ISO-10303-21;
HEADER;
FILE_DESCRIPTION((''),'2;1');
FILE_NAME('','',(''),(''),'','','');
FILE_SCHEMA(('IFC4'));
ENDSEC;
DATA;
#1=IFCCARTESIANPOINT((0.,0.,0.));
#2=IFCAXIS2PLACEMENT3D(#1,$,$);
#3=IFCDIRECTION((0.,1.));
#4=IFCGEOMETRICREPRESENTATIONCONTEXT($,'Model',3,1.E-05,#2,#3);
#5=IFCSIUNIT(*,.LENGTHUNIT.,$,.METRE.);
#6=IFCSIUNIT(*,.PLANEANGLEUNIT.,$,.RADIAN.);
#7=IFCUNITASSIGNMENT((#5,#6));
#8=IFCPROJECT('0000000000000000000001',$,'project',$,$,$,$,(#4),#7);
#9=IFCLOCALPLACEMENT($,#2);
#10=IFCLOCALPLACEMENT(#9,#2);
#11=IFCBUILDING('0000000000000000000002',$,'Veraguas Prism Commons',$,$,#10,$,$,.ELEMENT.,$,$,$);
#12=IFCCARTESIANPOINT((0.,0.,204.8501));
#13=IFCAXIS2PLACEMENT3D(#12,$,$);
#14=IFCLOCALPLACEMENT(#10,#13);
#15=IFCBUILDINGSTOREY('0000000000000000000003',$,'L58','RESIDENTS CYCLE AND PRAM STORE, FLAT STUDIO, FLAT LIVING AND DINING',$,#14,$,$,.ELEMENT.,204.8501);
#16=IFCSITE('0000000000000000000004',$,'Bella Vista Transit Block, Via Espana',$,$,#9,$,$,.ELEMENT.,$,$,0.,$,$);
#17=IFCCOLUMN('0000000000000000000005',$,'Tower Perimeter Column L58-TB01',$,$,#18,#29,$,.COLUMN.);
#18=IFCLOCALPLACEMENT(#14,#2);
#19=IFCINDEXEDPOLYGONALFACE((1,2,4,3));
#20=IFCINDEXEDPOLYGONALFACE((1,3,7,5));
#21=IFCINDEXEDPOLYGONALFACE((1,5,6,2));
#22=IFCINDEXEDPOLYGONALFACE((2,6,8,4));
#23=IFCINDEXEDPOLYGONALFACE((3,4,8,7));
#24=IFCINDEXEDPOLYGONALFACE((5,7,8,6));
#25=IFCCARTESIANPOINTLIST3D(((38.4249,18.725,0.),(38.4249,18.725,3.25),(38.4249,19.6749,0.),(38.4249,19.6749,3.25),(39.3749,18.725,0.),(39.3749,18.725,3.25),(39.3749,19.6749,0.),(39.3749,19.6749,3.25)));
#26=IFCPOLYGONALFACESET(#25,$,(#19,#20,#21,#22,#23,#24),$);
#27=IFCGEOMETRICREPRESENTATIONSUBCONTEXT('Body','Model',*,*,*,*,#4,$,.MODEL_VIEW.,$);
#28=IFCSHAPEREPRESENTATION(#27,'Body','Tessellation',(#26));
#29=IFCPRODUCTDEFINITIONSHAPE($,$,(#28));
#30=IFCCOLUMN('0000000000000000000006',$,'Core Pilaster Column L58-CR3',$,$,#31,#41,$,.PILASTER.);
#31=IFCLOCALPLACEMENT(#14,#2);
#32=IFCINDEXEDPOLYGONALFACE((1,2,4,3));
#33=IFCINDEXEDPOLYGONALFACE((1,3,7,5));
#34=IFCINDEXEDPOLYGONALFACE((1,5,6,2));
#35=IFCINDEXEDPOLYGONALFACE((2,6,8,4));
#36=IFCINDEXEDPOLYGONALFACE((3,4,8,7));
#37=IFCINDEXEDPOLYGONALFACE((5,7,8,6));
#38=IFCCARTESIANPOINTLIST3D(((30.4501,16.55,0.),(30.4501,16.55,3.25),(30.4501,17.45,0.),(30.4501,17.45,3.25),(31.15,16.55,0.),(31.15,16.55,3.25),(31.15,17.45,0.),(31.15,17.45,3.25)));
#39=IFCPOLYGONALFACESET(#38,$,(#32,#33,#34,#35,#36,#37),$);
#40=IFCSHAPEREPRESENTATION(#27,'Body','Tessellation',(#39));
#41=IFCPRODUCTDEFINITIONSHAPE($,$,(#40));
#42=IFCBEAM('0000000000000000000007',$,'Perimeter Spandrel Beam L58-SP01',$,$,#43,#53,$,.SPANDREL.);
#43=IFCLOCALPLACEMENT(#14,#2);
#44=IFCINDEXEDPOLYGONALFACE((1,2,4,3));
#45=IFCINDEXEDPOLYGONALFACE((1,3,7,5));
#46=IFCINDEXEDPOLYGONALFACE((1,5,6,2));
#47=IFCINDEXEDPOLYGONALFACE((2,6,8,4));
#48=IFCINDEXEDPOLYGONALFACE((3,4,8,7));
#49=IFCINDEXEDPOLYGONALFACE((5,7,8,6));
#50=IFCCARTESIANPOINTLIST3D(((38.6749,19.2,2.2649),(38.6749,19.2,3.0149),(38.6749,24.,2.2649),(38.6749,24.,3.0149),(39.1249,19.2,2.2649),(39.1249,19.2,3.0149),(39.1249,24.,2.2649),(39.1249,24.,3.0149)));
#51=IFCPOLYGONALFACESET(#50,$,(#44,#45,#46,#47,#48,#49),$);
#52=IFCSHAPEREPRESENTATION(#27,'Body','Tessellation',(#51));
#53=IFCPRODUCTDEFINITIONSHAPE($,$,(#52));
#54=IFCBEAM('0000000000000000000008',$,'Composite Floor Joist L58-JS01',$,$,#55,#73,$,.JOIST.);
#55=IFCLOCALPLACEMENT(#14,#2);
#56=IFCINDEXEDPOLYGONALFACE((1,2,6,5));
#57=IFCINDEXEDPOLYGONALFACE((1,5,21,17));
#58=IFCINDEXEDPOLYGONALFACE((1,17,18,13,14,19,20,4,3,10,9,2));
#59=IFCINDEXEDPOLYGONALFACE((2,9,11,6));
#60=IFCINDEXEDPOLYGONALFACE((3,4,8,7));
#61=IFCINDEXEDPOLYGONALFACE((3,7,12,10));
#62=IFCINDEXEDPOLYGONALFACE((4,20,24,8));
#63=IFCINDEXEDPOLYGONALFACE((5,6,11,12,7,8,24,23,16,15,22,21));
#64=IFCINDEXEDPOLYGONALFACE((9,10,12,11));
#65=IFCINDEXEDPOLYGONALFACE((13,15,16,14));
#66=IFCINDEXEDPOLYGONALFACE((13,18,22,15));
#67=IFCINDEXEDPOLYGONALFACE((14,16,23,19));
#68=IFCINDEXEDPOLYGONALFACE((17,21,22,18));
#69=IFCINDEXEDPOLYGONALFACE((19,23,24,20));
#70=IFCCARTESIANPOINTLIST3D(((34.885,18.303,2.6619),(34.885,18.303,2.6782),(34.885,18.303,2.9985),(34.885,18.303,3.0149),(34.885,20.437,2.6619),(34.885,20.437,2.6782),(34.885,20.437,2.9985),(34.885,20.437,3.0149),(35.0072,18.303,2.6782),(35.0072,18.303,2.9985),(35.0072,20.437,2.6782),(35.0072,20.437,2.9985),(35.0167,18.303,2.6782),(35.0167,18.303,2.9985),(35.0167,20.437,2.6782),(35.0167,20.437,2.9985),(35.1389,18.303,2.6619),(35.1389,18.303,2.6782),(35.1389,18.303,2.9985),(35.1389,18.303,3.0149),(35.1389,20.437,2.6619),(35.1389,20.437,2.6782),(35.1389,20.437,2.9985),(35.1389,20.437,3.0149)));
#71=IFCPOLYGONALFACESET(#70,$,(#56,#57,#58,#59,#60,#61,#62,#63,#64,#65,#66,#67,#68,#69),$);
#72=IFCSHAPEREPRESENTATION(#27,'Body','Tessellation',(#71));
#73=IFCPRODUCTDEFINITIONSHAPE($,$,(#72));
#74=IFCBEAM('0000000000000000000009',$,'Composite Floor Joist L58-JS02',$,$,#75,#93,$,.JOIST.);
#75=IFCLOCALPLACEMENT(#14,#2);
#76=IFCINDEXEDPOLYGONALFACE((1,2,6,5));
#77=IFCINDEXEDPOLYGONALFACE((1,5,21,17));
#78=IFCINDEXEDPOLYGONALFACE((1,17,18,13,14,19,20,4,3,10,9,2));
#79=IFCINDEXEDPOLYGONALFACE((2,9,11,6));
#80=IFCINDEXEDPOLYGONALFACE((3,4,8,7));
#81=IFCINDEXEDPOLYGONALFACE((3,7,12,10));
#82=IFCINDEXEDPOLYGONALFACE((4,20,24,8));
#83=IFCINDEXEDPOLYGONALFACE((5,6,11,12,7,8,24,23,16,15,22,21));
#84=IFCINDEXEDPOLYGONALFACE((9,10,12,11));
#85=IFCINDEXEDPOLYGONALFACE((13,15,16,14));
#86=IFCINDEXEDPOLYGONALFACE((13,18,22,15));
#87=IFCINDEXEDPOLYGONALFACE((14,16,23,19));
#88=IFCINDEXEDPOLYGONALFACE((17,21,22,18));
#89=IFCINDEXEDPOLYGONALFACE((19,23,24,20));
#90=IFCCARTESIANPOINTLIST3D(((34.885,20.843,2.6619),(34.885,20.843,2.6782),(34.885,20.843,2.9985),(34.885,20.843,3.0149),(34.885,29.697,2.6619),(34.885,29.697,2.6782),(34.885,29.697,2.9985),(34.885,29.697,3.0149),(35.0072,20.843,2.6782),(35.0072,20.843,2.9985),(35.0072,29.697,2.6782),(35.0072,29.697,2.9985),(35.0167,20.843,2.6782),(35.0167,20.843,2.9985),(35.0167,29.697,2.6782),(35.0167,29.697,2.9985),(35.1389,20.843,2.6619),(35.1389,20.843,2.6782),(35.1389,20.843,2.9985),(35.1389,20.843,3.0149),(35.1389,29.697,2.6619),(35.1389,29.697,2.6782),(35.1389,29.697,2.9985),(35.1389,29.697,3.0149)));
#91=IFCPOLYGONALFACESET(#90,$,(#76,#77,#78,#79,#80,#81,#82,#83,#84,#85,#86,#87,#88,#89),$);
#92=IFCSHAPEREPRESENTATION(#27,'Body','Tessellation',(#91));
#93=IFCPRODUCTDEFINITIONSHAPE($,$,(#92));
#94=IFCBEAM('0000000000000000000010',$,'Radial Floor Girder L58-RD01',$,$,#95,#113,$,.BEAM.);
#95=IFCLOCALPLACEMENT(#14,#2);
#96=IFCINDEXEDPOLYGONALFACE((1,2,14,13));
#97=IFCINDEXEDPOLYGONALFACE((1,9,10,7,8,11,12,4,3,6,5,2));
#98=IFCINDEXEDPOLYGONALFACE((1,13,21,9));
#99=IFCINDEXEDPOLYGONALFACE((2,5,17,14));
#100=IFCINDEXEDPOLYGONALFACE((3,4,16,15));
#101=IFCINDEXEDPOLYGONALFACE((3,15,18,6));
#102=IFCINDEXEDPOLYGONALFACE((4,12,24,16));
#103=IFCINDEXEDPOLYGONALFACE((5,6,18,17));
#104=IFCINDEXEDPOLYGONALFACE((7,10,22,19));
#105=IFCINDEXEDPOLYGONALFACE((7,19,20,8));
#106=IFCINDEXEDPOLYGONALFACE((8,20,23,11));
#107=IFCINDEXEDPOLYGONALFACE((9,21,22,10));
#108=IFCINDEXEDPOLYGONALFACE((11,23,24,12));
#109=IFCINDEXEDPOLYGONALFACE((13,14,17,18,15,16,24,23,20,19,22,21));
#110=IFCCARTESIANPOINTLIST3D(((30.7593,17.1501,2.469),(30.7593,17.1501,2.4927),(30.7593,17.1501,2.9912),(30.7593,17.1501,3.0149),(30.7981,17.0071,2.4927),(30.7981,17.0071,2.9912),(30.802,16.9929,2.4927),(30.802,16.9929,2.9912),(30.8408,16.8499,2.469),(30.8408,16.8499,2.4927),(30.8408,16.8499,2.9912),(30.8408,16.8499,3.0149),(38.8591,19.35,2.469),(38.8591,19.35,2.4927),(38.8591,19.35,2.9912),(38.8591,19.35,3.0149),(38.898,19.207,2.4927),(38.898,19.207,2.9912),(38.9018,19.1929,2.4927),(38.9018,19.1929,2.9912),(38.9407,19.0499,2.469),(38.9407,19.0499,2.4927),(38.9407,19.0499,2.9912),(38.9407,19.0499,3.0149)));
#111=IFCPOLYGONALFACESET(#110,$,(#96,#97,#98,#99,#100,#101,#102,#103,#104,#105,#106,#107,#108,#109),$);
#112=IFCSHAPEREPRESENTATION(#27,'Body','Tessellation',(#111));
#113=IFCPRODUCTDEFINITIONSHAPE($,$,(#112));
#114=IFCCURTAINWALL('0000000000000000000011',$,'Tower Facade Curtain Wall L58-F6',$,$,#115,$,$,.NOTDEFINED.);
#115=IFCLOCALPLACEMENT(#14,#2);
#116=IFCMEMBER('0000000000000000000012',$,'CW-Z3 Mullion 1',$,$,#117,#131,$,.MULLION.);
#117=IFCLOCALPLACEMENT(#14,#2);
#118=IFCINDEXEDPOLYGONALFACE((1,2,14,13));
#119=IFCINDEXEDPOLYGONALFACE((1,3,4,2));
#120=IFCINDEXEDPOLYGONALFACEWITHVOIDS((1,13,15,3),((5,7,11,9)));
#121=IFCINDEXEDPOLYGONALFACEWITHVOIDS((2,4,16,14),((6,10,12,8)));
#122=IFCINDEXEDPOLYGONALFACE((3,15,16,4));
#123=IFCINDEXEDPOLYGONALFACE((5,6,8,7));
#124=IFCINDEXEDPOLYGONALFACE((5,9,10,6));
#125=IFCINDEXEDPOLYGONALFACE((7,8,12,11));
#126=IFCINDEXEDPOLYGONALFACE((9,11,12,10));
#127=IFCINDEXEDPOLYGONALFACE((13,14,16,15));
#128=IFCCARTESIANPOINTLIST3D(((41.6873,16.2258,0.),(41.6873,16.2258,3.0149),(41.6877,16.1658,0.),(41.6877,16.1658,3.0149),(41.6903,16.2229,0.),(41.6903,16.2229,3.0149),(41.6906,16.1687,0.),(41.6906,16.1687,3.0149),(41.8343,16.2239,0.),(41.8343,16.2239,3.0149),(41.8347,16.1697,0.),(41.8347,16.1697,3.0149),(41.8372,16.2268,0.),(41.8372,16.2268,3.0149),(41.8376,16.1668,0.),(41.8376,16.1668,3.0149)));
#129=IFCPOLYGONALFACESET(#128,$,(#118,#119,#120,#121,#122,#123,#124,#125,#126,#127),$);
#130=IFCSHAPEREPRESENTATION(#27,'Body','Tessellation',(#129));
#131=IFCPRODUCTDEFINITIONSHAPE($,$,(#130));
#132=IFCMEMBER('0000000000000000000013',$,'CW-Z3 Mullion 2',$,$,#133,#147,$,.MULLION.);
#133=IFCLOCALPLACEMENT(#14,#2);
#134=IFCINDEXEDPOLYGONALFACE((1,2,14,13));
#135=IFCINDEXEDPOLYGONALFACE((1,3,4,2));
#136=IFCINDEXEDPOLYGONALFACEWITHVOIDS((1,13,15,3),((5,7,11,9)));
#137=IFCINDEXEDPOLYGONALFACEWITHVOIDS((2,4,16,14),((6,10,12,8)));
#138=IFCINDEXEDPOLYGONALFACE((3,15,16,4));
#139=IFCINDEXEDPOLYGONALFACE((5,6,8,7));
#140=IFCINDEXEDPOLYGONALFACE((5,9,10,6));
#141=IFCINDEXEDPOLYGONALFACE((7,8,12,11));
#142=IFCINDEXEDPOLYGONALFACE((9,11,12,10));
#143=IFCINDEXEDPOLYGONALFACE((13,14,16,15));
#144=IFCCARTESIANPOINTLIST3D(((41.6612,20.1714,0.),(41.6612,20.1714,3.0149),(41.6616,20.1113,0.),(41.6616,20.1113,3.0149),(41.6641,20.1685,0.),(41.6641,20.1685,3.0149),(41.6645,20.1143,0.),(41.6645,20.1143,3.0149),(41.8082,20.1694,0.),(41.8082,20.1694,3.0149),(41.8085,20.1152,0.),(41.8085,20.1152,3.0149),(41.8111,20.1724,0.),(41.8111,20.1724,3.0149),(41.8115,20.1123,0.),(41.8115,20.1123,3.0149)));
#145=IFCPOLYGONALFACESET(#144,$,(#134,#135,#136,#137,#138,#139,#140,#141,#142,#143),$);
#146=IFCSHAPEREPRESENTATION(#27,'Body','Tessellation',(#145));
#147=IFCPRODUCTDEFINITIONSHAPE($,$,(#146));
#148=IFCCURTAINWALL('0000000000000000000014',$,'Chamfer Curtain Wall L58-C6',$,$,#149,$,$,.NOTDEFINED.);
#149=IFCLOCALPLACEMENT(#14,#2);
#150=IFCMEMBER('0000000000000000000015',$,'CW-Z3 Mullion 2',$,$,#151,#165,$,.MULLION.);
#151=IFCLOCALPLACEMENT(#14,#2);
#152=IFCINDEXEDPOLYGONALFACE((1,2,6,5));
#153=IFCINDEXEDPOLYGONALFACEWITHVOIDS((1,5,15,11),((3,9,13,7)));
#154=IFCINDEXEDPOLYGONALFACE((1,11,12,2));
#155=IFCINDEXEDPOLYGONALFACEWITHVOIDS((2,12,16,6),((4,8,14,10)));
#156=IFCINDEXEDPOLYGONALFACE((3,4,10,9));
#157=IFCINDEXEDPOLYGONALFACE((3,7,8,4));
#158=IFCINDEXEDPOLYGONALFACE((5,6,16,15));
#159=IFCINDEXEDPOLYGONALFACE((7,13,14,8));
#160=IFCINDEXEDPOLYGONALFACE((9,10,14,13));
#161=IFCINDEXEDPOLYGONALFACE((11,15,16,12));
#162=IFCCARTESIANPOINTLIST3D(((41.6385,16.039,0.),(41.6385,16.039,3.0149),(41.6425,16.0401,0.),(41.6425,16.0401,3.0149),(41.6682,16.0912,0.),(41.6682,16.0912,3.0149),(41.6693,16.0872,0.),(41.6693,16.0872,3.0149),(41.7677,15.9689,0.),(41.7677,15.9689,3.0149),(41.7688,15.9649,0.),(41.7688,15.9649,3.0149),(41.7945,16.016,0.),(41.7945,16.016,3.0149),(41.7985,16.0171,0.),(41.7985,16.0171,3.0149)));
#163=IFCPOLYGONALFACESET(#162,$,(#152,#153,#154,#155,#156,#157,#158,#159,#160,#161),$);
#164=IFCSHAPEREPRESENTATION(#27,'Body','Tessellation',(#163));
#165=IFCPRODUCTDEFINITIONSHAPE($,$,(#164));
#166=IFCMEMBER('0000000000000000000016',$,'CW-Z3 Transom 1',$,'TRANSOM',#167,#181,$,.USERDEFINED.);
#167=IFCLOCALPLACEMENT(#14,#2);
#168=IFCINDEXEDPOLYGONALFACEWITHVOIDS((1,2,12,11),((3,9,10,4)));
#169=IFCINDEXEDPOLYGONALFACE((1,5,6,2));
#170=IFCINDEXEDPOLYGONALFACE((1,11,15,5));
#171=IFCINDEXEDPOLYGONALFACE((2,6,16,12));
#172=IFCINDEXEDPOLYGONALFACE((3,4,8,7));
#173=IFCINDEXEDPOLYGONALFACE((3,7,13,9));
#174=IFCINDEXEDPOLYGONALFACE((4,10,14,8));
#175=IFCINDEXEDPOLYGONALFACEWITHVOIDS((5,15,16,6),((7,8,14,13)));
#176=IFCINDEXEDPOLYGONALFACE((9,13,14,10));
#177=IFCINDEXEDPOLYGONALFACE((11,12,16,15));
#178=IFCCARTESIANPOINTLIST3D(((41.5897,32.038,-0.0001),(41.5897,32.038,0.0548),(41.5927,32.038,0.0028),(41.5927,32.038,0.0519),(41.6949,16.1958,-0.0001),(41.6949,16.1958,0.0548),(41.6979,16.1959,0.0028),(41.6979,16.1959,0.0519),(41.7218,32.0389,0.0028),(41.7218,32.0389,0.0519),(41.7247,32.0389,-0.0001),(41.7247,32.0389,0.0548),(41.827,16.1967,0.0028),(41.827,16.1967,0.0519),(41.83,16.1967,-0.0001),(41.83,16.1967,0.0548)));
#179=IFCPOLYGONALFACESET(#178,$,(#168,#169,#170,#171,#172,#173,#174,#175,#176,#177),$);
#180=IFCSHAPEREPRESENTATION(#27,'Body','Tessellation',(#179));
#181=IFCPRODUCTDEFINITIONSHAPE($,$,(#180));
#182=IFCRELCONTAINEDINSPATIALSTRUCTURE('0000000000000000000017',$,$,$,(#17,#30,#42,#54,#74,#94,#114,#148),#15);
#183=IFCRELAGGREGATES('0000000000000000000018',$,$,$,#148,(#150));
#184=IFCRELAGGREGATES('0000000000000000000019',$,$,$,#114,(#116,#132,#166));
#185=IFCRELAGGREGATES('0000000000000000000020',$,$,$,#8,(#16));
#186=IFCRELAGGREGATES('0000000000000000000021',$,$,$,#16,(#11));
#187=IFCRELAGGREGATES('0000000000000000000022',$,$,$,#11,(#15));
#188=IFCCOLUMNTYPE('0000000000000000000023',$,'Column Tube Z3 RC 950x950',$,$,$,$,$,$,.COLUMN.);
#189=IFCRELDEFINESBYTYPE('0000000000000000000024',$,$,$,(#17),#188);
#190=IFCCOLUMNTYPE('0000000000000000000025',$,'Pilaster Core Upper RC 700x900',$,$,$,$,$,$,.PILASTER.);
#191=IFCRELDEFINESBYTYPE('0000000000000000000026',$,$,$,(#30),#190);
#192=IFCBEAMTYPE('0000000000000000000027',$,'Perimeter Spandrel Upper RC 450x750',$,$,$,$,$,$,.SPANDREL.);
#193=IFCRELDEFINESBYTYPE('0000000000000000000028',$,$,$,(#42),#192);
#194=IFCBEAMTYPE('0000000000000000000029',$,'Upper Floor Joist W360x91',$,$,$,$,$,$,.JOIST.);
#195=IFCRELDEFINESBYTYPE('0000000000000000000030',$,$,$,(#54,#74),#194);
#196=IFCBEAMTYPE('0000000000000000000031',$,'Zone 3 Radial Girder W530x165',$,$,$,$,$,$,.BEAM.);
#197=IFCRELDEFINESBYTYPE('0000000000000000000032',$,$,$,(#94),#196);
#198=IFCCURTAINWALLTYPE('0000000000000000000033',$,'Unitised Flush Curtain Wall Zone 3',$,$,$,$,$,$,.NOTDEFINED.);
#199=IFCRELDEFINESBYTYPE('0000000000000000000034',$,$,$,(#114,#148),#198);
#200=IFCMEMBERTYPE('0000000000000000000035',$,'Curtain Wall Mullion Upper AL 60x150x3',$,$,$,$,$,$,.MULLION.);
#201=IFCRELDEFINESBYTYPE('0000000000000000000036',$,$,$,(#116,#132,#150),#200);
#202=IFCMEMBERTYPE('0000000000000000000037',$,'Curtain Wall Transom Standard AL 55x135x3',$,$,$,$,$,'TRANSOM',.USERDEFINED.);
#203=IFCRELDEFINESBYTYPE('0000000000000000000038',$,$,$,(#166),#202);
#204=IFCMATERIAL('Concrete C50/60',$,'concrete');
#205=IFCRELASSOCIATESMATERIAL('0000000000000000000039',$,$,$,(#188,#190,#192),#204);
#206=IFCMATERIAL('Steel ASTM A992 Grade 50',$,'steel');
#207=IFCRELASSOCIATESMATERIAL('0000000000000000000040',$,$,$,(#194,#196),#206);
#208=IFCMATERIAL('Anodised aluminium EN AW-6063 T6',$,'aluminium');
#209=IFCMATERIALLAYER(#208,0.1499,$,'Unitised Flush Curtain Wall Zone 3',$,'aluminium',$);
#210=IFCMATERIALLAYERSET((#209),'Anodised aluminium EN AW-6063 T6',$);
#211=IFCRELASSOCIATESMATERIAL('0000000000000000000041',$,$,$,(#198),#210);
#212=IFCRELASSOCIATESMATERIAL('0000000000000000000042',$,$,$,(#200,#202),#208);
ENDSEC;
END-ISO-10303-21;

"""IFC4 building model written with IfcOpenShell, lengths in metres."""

from ifc_helpers import new_model, si_unit, direction, frame, origin, origin_2d, place, context, subcontext, project, spatial, rectangle, hollow_rectangle, i_section, extrude, source, transform, mapped, material, layer, layer_set, material_profile, profile_set, type_object, element, aggregate, save


model = new_model("IFC4")

# Units and contexts
model_context = context("Model", 3, precision=1e-05, world=origin(), true_north=direction((0.0, 1.0)))
body_context = subcontext(model_context, "Body", "Model", "MODEL_VIEW")
ifc_project = project(units=[si_unit("LENGTHUNIT", "METRE"), si_unit("PLANEANGLEUNIT", "RADIAN")], contexts=[model_context])

# Site, building, storey
site_placement = place(None, origin())
site = spatial("IfcSite", under=ifc_project, at=site_placement, Name="Bella Vista Transit Block, Via Espana", CompositionType="ELEMENT", RefElevation=0.0)
building_placement = place(site_placement, origin())
building = spatial("IfcBuilding", under=site, at=building_placement, Name="Veraguas Prism Commons", CompositionType="ELEMENT")
storey_placement = place(building_placement, frame((0.0, 0.0, 204.8501)))
storey = spatial("IfcBuildingStorey", under=building, at=storey_placement, Name="L58", Description="RESIDENTS CYCLE AND PRAM STORE, FLAT STUDIO, FLAT LIVING AND DINING", CompositionType="ELEMENT", Elevation=204.8501)

# Columns
ifc_material_1 = material(Name="Concrete C50/60", Category="concrete")
ifc_material_profile_1 = material_profile(ifc_material_1, rectangle(XDim=0.95, YDim=0.95, at=origin_2d()), Name="RC950X950")
ifc_profile_set_1 = profile_set([ifc_material_profile_1], Name="Concrete C50/60")
column_type_1 = type_object("IfcColumnType", Name="Column Tube Z3 RC 950x950", PredefinedType="COLUMN", material=ifc_profile_set_1)
column_1_placement = place(storey_placement, frame((38.8999, 19.2, 0.0), z_axis=(0.0, 0.0, 1.0), x_axis=(1.0, 0.0, 0.0)))
element("IfcColumn", 1, at=column_1_placement, inside=storey, type_object=column_type_1, Name="Tower Perimeter Column L58-TB01", PredefinedType="COLUMN", context=body_context, shape_type="SweptSolid", body=[
    extrude(rectangle(XDim=0.95, YDim=0.95, at=origin_2d()), origin(), (0.0, 0.0, 1.0), 3.25),
])
ifc_material_profile_2 = material_profile(ifc_material_1, rectangle(XDim=0.7, YDim=0.8999, at=origin_2d()), Name="RC700X900")
ifc_profile_set_2 = profile_set([ifc_material_profile_2], Name="Concrete C50/60")
column_type_2 = type_object("IfcColumnType", Name="Pilaster Core Upper RC 700x900", PredefinedType="PILASTER", material=ifc_profile_set_2)
column_2_placement = place(storey_placement, frame((30.8, 17.0, 0.0), z_axis=(0.0, 0.0, 1.0), x_axis=(1.0, 0.0, 0.0)))
element("IfcColumn", 2, at=column_2_placement, inside=storey, type_object=column_type_2, Name="Core Pilaster Column L58-CR3", PredefinedType="PILASTER", context=body_context, shape_type="SweptSolid", body=[
    extrude(rectangle(XDim=0.7, YDim=0.8999, at=origin_2d()), origin(), (0.0, 0.0, 1.0), 3.25),
])

# Beams
ifc_material_profile_3 = material_profile(ifc_material_1, rectangle(XDim=0.45, YDim=0.75, at=origin_2d()), Name="RC450X750")
ifc_profile_set_3 = profile_set([ifc_material_profile_3], Name="Concrete C50/60")
beam_type_1 = type_object("IfcBeamType", Name="Perimeter Spandrel Upper RC 450x750", PredefinedType="SPANDREL", material=ifc_profile_set_3)
beam_1_placement = place(storey_placement, frame((38.8999, 19.2, 2.6399), z_axis=(0.0, 1.0, 0.0), x_axis=(-1.0, 0.0, 0.0)))
element("IfcBeam", 3, at=beam_1_placement, inside=storey, type_object=beam_type_1, Name="Perimeter Spandrel Beam L58-SP01", PredefinedType="SPANDREL", context=body_context, shape_type="SweptSolid", body=[
    extrude(rectangle(XDim=0.45, YDim=0.75, at=origin_2d()), origin(), (0.0, 0.0, 1.0), 4.8),
])
ifc_material_2 = material(Name="Steel ASTM A992 Grade 50", Category="steel")
ifc_material_profile_4 = material_profile(ifc_material_2, i_section(OverallWidth=0.2539, OverallDepth=0.353, WebThickness=0.0095, FlangeThickness=0.0164, at=origin_2d()), Name="W360X91")
ifc_profile_set_4 = profile_set([ifc_material_profile_4], Name="Steel ASTM A992 Grade 50")
beam_type_2 = type_object("IfcBeamType", Name="Upper Floor Joist W360x91", PredefinedType="JOIST", material=ifc_profile_set_4)
beam_2_placement = place(storey_placement, frame((35.012, 18.303, 2.8384), z_axis=(0.0, 1.0, 0.0), x_axis=(-1.0, 0.0, 0.0)))
element("IfcBeam", 4, at=beam_2_placement, inside=storey, type_object=beam_type_2, Name="Composite Floor Joist L58-JS01", PredefinedType="JOIST", context=body_context, shape_type="SweptSolid", body=[
    extrude(i_section(OverallWidth=0.2539, OverallDepth=0.353, WebThickness=0.0095, FlangeThickness=0.0164, at=origin_2d()), origin(), (0.0, 0.0, 1.0), 2.134),
])
beam_3_placement = place(storey_placement, frame((35.012, 20.843, 2.8384), z_axis=(0.0, 1.0, 0.0), x_axis=(-1.0, 0.0, 0.0)))
element("IfcBeam", 5, at=beam_3_placement, inside=storey, type_object=beam_type_2, Name="Composite Floor Joist L58-JS02", PredefinedType="JOIST", context=body_context, shape_type="SweptSolid", body=[
    extrude(i_section(OverallWidth=0.2539, OverallDepth=0.353, WebThickness=0.0095, FlangeThickness=0.0164, at=origin_2d()), origin(), (0.0, 0.0, 1.0), 8.854),
])
ifc_material_profile_5 = material_profile(ifc_material_2, i_section(OverallWidth=0.311, OverallDepth=0.5459, WebThickness=0.0146, FlangeThickness=0.0237, at=origin_2d()), Name="W530X165")
ifc_profile_set_5 = profile_set([ifc_material_profile_5], Name="Steel ASTM A992 Grade 50")
beam_type_3 = type_object("IfcBeamType", Name="Zone 3 Radial Girder W530x165", PredefinedType="BEAM", material=ifc_profile_set_5)
beam_4_placement = place(storey_placement, frame((38.8999, 19.2, 2.7419), z_axis=(-0.965039, -0.262108, 0.0), x_axis=(0.262108, -0.965039, 0.0)))
element("IfcBeam", 6, at=beam_4_placement, inside=storey, type_object=beam_type_3, Name="Radial Floor Girder L58-RD01", PredefinedType="BEAM", context=body_context, shape_type="SweptSolid", body=[
    extrude(i_section(OverallWidth=0.311, OverallDepth=0.5459, WebThickness=0.0146, FlangeThickness=0.0237, at=origin_2d()), origin(), (0.0, 0.0, 1.0), 8.3933),
])

# Curtain wall, members
ifc_material_3 = material(Name="Anodised aluminium EN AW-6063 T6", Category="aluminium")
ifc_layer_1 = layer(ifc_material_3, 0.1499, Name="Unitised Flush Curtain Wall Zone 3", Category="aluminium")
ifc_layer_set_1 = layer_set([ifc_layer_1], Name="Anodised aluminium EN AW-6063 T6")
curtain_wall_type = type_object("IfcCurtainWallType", Name="Unitised Flush Curtain Wall Zone 3", PredefinedType="NOTDEFINED", material=ifc_layer_set_1)
curtain_wall_1_placement = place(storey_placement, origin())
curtain_wall_1 = element("IfcCurtainWall", 7, at=curtain_wall_1_placement, inside=storey, type_object=curtain_wall_type, Name="Tower Facade Curtain Wall L58-F6", PredefinedType="NOTDEFINED")
ifc_material_profile_6 = material_profile(ifc_material_3, hollow_rectangle(XDim=0.0601, YDim=0.1499, WallThickness=0.0029, at=origin_2d()), Name="AL60X150X3")
ifc_profile_set_6 = profile_set([ifc_material_profile_6], Name="Anodised aluminium EN AW-6063 T6")
member_type_1 = type_object("IfcMemberType", Name="Curtain Wall Mullion Upper AL 60x150x3", PredefinedType="MULLION", material=ifc_profile_set_6)
shared_shape_1 = source(origin(), body_context, "Body", "SweptSolid", [
    extrude(hollow_rectangle(XDim=0.0601, YDim=0.1499, WallThickness=0.0029, at=origin_2d()), origin(), (0.0, 0.0, 1.0), 3.0149),
])
member_1_placement = place(storey_placement, frame((41.7625, 16.1963, 0.0), z_axis=(0.0, 0.0, 1.0), x_axis=(-0.006634, 0.999978, 0.0)))
member_1 = element("IfcMember", 8, at=member_1_placement, type_object=member_type_1, Name="CW-Z3 Mullion 1", PredefinedType="MULLION", context=body_context, shape_type="MappedRepresentation", body=[
    mapped(shared_shape_1, transform((0.0, 0.0, 0.0), scale=1.0)),
])
member_2_placement = place(storey_placement, frame((41.7363, 20.1418, 0.0), z_axis=(0.0, 0.0, 1.0), x_axis=(-0.006634, 0.999978, 0.0)))
member_2 = element("IfcMember", 9, at=member_2_placement, type_object=member_type_1, Name="CW-Z3 Mullion 2", PredefinedType="MULLION", context=body_context, shape_type="MappedRepresentation", body=[
    mapped(shared_shape_1, transform((0.0, 0.0, 0.0), scale=1.0)),
])

# Curtain wall, member
curtain_wall_2_placement = place(storey_placement, origin())
curtain_wall_2 = element("IfcCurtainWall", 10, at=curtain_wall_2_placement, inside=storey, type_object=curtain_wall_type, Name="Chamfer Curtain Wall L58-C6", PredefinedType="NOTDEFINED")
member_3_placement = place(storey_placement, frame((41.7185, 16.0281, 0.0), z_axis=(0.0, 0.0, 1.0), x_axis=(0.494253, 0.869318, 0.0)))
member_3 = element("IfcMember", 11, at=member_3_placement, type_object=member_type_1, Name="CW-Z3 Mullion 2", PredefinedType="MULLION", context=body_context, shape_type="MappedRepresentation", body=[
    mapped(shared_shape_1, transform((0.0, 0.0, 0.0), scale=1.0)),
])
aggregate(curtain_wall_2, [member_3])

# Member
ifc_material_profile_7 = material_profile(ifc_material_3, hollow_rectangle(XDim=0.0549, YDim=0.135, WallThickness=0.0029, at=origin_2d()), Name="AL55X135X3")
ifc_profile_set_7 = profile_set([ifc_material_profile_7], Name="Anodised aluminium EN AW-6063 T6")
member_type_2 = type_object("IfcMemberType", Name="Curtain Wall Transom Standard AL 55x135x3", ElementType="TRANSOM", PredefinedType="USERDEFINED", material=ifc_profile_set_7)
shared_shape_2 = source(origin(), body_context, "Body", "SweptSolid", [
    extrude(hollow_rectangle(XDim=0.0549, YDim=0.135, WallThickness=0.0029, at=origin_2d()), origin(), (0.0, 0.0, 1.0), 15.8425),
])
member_4_placement = place(storey_placement, frame((41.7625, 16.1963, 0.0273), z_axis=(-0.006642, 0.999978, 0.0), x_axis=(0.0, 0.0, 1.0)))
member_4 = element("IfcMember", 12, at=member_4_placement, type_object=member_type_2, Name="CW-Z3 Transom 1", ObjectType="TRANSOM", PredefinedType="USERDEFINED", context=body_context, shape_type="MappedRepresentation", body=[
    mapped(shared_shape_2, transform((0.0, 0.0, 0.0), scale=1.0)),
])

aggregate(curtain_wall_1, [member_1, member_2, member_4])

save(model, "model.ifc")
